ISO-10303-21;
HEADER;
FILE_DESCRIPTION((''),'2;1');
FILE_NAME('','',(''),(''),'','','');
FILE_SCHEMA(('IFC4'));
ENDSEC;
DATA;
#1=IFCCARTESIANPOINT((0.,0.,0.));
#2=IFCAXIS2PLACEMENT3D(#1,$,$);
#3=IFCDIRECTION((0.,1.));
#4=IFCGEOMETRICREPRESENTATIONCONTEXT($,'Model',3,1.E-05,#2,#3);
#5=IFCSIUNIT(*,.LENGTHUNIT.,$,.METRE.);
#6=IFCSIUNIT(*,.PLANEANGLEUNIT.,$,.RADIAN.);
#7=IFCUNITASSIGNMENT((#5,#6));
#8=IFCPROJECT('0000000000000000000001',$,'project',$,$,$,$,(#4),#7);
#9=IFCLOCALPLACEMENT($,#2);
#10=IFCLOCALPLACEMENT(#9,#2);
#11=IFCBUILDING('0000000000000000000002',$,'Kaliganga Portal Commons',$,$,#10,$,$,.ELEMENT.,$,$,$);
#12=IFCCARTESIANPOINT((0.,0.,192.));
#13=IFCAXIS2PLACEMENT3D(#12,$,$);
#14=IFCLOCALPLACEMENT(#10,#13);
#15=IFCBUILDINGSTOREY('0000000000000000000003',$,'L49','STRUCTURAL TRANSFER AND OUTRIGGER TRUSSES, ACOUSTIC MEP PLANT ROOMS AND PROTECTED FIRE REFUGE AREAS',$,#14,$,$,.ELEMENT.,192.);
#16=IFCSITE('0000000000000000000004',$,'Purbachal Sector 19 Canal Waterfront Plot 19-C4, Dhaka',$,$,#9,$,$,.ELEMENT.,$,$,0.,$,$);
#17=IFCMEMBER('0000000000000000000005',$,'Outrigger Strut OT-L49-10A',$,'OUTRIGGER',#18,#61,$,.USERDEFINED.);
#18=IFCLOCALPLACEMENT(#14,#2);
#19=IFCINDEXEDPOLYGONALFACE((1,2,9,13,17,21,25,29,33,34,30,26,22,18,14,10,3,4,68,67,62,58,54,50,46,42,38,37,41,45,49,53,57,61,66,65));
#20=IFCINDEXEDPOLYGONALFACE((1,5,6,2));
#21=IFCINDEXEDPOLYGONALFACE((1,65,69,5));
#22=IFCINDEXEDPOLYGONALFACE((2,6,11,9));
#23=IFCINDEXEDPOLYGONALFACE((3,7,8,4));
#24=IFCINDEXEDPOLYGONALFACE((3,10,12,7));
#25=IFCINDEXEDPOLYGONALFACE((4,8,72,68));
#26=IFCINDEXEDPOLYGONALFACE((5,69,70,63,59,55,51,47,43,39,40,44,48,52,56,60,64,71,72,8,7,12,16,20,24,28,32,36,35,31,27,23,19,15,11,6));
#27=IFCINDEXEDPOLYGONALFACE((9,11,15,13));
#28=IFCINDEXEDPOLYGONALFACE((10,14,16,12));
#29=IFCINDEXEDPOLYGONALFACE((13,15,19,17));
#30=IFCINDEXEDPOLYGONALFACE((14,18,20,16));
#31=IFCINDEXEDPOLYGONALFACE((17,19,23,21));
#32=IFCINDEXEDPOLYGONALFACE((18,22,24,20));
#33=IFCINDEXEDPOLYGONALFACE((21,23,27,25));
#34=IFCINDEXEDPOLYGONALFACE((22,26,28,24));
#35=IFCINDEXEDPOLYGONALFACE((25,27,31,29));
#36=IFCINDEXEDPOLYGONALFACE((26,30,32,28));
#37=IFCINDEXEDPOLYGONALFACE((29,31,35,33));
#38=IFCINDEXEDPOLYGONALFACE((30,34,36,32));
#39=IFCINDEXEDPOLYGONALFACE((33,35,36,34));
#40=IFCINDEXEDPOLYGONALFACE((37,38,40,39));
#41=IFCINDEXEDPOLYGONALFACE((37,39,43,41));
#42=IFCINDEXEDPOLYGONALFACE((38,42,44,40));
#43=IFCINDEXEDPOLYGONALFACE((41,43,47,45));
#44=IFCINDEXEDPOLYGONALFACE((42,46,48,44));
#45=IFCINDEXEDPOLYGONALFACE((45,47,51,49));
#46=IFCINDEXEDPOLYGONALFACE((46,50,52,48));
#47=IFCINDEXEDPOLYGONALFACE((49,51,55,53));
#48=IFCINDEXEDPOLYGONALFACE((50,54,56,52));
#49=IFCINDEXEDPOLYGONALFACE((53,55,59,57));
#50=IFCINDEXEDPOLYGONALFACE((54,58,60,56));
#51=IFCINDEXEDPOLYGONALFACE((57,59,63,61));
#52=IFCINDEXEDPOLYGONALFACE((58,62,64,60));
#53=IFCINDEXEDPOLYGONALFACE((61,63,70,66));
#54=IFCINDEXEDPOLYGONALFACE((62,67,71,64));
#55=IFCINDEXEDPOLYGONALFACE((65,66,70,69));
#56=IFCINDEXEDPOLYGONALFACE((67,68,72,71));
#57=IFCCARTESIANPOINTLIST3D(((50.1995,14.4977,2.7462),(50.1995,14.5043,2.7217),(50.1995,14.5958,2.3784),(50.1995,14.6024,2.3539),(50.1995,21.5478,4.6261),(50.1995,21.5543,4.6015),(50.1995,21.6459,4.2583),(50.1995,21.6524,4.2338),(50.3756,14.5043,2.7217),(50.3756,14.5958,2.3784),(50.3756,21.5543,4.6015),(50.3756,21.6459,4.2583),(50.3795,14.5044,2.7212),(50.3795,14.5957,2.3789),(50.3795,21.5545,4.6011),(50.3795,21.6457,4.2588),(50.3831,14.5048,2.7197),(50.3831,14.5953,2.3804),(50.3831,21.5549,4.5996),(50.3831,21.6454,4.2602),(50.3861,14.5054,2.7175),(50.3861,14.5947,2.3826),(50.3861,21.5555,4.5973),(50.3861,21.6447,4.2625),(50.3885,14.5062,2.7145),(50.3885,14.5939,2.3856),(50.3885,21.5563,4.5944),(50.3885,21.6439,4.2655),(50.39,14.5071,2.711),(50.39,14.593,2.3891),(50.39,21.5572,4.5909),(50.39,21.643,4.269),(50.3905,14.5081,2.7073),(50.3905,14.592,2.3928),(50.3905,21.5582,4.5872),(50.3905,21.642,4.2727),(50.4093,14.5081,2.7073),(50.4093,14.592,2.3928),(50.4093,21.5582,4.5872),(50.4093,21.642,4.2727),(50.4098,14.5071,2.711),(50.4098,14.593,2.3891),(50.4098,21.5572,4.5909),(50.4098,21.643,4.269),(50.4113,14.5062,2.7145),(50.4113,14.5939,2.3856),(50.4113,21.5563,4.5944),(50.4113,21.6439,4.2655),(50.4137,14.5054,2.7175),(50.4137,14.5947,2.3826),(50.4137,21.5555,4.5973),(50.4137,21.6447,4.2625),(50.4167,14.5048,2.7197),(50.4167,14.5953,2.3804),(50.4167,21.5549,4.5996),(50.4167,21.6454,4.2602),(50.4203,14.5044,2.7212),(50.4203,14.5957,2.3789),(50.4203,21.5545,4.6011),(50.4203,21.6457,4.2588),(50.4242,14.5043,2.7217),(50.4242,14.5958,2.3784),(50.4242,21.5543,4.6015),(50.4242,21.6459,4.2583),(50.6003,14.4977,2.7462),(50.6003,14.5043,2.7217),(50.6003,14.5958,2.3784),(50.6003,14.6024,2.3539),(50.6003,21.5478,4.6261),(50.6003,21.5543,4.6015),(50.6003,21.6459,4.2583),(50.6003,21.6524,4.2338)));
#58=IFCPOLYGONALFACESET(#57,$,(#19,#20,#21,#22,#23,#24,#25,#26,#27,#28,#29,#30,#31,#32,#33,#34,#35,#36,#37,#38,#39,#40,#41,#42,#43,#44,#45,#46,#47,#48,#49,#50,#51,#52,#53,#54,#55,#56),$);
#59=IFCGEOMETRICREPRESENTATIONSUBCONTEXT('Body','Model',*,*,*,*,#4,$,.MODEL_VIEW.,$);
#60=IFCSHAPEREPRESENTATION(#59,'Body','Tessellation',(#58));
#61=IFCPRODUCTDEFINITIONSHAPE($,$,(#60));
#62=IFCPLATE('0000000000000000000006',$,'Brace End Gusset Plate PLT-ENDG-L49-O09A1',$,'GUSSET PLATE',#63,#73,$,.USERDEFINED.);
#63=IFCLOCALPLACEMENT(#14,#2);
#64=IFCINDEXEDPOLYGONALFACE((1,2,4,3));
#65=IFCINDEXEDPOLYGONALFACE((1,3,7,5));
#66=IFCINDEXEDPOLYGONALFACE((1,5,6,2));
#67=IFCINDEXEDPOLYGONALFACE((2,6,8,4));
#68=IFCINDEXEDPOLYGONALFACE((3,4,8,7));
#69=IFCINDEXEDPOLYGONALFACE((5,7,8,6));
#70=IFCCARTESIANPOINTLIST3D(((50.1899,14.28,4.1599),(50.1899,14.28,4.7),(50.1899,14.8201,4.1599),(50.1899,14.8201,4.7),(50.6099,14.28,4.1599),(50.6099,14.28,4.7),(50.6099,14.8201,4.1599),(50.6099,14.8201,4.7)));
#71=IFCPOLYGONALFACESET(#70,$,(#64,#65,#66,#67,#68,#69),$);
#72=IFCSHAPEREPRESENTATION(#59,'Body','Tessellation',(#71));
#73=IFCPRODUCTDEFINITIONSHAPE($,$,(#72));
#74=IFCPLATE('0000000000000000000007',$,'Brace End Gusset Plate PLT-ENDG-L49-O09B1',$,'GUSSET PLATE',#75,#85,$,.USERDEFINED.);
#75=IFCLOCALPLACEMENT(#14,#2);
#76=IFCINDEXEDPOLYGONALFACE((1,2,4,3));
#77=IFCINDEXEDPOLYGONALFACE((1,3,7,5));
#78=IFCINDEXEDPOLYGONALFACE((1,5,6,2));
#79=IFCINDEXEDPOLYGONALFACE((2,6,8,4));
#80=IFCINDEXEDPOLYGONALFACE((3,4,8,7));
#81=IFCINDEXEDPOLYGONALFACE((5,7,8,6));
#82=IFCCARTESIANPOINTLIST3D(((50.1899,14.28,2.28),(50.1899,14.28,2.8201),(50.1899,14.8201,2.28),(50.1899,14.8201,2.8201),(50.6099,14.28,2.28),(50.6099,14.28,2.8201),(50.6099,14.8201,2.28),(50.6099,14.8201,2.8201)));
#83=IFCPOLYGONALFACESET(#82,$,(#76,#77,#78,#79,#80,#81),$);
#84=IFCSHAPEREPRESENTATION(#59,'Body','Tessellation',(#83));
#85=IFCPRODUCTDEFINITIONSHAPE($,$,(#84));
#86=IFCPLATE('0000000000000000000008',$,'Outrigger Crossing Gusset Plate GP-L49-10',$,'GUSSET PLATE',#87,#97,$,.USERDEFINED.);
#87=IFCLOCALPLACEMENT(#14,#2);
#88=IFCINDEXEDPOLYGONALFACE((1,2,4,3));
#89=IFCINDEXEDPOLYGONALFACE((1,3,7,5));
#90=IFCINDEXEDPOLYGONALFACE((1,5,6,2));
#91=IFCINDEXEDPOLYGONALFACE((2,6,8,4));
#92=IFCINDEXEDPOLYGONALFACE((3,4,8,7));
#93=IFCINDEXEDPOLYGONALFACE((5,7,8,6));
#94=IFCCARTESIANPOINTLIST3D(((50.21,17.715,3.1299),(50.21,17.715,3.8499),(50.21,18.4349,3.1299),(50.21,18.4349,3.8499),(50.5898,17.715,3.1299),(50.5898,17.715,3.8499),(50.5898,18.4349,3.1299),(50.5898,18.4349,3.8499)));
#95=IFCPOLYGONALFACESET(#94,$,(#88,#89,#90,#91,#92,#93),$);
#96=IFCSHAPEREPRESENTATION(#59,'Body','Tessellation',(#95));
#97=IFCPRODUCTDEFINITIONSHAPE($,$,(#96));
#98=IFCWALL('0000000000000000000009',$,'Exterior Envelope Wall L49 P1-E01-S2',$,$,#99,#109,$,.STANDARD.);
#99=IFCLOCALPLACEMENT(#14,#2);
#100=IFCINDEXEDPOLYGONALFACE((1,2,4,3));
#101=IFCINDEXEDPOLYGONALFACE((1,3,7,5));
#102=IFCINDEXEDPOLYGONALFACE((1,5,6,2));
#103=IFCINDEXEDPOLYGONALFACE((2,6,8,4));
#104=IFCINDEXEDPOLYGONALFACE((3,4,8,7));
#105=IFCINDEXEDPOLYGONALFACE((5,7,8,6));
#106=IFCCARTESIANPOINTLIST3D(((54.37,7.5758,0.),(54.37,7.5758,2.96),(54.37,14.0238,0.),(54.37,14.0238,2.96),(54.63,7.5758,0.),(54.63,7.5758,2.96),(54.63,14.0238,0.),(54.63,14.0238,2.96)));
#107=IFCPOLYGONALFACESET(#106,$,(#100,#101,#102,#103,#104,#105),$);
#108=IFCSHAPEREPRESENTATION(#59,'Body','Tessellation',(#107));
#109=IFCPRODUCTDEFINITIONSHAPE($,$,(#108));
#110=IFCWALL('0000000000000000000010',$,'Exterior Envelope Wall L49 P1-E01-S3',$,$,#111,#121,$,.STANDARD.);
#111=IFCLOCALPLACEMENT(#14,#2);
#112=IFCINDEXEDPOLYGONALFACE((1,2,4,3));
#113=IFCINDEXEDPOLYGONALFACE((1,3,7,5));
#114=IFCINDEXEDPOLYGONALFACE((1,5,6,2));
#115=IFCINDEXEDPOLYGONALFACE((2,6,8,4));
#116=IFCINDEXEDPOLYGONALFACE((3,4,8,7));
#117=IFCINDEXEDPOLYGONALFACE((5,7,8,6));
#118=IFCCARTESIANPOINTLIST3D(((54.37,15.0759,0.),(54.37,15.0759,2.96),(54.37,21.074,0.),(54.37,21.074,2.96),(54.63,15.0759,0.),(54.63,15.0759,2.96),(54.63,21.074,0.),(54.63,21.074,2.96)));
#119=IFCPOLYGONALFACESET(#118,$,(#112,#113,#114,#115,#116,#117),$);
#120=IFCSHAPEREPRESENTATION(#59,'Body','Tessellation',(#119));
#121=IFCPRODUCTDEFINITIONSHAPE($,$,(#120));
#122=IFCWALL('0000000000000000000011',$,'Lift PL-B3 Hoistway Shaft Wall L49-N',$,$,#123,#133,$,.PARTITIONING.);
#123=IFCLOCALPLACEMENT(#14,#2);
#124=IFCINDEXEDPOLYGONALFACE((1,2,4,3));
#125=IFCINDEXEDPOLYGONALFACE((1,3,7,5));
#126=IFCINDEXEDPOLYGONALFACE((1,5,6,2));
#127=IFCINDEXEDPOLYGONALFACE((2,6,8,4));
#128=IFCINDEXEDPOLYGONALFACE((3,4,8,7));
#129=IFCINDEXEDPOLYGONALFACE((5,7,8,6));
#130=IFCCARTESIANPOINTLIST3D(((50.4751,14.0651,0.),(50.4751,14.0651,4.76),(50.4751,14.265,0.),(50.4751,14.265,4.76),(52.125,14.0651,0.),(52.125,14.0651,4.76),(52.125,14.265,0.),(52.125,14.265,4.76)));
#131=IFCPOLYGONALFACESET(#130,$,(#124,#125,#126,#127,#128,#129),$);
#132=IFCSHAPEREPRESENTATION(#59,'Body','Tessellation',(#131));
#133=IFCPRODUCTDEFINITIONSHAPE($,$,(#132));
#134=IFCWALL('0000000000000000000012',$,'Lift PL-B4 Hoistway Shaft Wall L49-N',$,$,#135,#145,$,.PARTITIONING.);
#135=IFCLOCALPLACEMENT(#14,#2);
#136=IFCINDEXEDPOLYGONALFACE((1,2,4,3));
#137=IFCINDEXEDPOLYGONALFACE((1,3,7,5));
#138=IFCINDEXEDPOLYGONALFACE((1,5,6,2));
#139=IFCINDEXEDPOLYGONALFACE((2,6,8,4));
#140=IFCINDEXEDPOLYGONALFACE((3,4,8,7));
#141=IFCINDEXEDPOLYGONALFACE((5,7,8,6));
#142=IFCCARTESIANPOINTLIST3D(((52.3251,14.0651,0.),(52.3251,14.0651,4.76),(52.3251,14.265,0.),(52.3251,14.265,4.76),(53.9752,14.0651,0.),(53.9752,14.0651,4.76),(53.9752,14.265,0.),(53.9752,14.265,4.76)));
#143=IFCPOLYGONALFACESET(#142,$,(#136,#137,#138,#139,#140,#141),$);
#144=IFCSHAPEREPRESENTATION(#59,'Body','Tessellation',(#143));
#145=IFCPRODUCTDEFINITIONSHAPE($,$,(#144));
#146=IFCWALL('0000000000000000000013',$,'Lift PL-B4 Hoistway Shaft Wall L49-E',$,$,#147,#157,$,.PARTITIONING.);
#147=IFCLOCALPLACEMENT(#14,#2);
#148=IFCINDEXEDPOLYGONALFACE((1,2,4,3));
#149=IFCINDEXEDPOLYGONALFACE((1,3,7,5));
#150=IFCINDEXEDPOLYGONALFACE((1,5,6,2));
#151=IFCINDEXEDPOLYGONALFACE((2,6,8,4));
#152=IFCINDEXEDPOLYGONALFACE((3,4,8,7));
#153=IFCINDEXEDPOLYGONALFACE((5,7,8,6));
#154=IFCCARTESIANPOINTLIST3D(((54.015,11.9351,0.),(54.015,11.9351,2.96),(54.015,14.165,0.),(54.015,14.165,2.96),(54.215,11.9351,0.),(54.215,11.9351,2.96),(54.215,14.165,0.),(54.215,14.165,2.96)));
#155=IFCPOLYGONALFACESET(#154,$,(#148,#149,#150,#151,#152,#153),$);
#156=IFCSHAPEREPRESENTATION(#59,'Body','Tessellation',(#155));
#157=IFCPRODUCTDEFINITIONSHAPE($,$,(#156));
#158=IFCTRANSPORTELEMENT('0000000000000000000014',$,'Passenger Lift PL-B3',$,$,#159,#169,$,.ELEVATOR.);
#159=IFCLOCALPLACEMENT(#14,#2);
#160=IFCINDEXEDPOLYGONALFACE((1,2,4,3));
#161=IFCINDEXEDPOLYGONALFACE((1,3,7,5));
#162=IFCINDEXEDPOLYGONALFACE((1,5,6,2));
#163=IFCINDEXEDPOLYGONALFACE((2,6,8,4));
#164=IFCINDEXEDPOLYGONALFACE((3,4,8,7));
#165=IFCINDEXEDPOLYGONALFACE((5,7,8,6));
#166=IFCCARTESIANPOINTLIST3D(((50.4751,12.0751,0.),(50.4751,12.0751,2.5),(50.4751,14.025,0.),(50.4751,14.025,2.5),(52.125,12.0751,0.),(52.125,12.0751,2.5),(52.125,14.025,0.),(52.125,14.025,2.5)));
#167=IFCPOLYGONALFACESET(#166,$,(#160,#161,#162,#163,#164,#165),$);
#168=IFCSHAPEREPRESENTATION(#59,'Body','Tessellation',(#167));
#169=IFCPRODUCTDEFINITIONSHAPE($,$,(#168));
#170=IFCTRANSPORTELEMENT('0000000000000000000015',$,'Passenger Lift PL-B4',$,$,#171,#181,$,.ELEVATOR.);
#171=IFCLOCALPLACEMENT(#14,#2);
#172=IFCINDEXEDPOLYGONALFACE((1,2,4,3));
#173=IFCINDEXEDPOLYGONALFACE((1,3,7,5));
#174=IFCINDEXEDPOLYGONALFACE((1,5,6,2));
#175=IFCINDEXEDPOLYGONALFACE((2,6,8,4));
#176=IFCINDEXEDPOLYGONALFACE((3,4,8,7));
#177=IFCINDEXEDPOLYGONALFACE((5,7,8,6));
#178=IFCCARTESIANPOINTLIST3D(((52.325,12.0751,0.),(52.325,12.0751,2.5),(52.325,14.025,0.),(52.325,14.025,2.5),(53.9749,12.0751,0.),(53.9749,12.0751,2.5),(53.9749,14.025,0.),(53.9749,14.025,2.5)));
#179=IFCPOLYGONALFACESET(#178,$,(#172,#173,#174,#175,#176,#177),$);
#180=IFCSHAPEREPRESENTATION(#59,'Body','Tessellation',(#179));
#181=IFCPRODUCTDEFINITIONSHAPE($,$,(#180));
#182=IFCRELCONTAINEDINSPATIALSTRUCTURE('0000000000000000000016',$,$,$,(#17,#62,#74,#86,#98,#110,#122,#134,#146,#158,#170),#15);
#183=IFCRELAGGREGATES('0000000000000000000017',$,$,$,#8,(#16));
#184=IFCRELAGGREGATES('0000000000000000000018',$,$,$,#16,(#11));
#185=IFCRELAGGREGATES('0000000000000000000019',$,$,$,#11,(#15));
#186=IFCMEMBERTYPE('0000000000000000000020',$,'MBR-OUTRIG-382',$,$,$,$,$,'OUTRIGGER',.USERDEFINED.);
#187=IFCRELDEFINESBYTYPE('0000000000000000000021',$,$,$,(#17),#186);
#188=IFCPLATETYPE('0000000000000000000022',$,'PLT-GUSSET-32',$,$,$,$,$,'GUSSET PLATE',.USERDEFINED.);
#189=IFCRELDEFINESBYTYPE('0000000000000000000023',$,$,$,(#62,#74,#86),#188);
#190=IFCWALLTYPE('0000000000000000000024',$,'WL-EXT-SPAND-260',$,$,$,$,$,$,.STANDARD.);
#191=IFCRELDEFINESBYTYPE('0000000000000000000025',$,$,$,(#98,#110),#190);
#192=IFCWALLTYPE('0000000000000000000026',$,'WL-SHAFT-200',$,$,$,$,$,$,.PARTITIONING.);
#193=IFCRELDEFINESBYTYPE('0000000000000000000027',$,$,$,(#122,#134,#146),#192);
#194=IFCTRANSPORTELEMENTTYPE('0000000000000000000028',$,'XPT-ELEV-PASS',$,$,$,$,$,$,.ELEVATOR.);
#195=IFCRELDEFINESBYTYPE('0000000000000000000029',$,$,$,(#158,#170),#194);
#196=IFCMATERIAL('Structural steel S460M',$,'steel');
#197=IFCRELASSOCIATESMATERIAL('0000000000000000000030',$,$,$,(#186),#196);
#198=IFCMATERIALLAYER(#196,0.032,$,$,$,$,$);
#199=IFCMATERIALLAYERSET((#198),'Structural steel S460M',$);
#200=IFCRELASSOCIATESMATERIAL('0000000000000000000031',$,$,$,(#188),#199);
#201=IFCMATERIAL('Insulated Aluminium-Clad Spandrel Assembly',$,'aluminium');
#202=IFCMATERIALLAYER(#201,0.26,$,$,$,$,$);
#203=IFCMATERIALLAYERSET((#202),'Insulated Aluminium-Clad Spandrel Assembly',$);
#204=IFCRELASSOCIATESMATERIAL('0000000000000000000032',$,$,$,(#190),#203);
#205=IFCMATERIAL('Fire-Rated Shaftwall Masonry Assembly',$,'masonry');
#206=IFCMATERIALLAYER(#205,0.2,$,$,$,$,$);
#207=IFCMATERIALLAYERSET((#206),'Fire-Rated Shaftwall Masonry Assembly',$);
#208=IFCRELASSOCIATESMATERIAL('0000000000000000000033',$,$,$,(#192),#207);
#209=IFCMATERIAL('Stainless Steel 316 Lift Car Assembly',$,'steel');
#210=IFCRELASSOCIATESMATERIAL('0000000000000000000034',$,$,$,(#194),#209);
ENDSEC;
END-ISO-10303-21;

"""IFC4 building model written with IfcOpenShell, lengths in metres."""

from ifc_helpers import new_model, si_unit, direction, frame, frame_2d, origin, origin_2d, place, context, subcontext, project, spatial, rectangle, i_section, extrude, source, transform, mapped, material, layer, layer_set, material_profile, profile_set, type_object, element, save


model = new_model("IFC4")

# Units and contexts
model_context = context("Model", 3, precision=1e-05, world=origin(), true_north=direction((0.0, 1.0)))
body_context = subcontext(model_context, "Body", "Model", "MODEL_VIEW")
ifc_project = project(units=[si_unit("LENGTHUNIT", "METRE"), si_unit("PLANEANGLEUNIT", "RADIAN")], contexts=[model_context])

# Site, building, storey
site_placement = place(None, origin())
site = spatial("IfcSite", under=ifc_project, at=site_placement, Name="Purbachal Sector 19 Canal Waterfront Plot 19-C4, Dhaka", CompositionType="ELEMENT", RefElevation=0.0)
building_placement = place(site_placement, origin())
building = spatial("IfcBuilding", under=site, at=building_placement, Name="Kaliganga Portal Commons", CompositionType="ELEMENT")
storey_placement = place(building_placement, frame((0.0, 0.0, 192.0)))
storey = spatial("IfcBuildingStorey", under=building, at=storey_placement, Name="L49", Description="STRUCTURAL TRANSFER AND OUTRIGGER TRUSSES, ACOUSTIC MEP PLANT ROOMS AND PROTECTED FIRE REFUGE AREAS", CompositionType="ELEMENT", Elevation=192.0)

# Member
ifc_material_1 = material(Name="Structural steel S460M", Category="steel")
ifc_material_profile_1 = material_profile(ifc_material_1, i_section(OverallWidth=0.4009, OverallDepth=0.406, WebThickness=0.0188, FlangeThickness=0.0254, FilletRadius=0.0149, at=origin_2d()), Name="HD 400x314")
ifc_profile_set_1 = profile_set([ifc_material_profile_1], Name="Structural steel S460M wide-flange")
member_type_1 = type_object("IfcMemberType", Name="MBR-OUTRIG-382", ElementType="OUTRIGGER", PredefinedType="USERDEFINED", material=ifc_profile_set_1)
shared_shape_1 = source(origin(), body_context, "Body", "SweptSolid", [
    extrude(i_section(OverallWidth=0.4009, OverallDepth=0.406, WebThickness=0.0188, FlangeThickness=0.0254, FilletRadius=0.0149, at=origin_2d()), origin(), (0.0, 0.0, 1.0), 7.2964),
])
member_placement = place(storey_placement, frame((50.3999, 14.55, 2.55), z_axis=(0.0, 0.966239, 0.257646), x_axis=(-1.0, 0.0, 0.0)))
element("IfcMember", 1, at=member_placement, inside=storey, type_object=member_type_1, Name="Outrigger Strut OT-L49-10A", ObjectType="OUTRIGGER", PredefinedType="USERDEFINED", context=body_context, shape_type="MappedRepresentation", body=[
    mapped(shared_shape_1, transform((0.0, 0.0, 0.0), x_axis=(1.0, 0.0, 0.0), y_axis=(0.0, 1.0, 0.0), z_axis=(0.0, 0.0, 1.0), scale=1.0)),
])

# Plates
ifc_layer_1 = layer(ifc_material_1, 0.032)
ifc_layer_set_1 = layer_set([ifc_layer_1], Name="Structural steel S460M")
plate_type = type_object("IfcPlateType", Name="PLT-GUSSET-32", ElementType="GUSSET PLATE", PredefinedType="USERDEFINED", material=ifc_layer_set_1)
shared_shape_2 = source(origin(), body_context, "Body", "SweptSolid", [
    extrude(rectangle(XDim=0.54, YDim=0.4199, at=origin_2d()), origin(), (0.0, 0.0, 1.0), 0.54),
])
for number, where, z_axis, x_axis, name in (
    (2, (50.3999, 14.55, 4.1599), (0.0, 0.0, 1.0), (0.0, 1.0, 0.0), "Brace End Gusset Plate PLT-ENDG-L49-O09A1"),
    (3, (50.3999, 14.55, 2.28), (0.0, 0.0, 1.0), (0.0, 1.0, 0.0), "Brace End Gusset Plate PLT-ENDG-L49-O09B1"),
):
    element("IfcPlate", number, at=place(storey_placement, frame(where, z_axis=z_axis, x_axis=x_axis)), inside=storey, type_object=plate_type, Name=name, ObjectType="GUSSET PLATE", PredefinedType="USERDEFINED", context=body_context, shape_type="MappedRepresentation", body=[
        mapped(shared_shape_2, transform((0.0, 0.0, 0.0), x_axis=(1.0, 0.0, 0.0), y_axis=(0.0, 1.0, 0.0), z_axis=(0.0, 0.0, 1.0), scale=1.0)),
    ])
shared_shape_3 = source(origin(), body_context, "Body", "SweptSolid", [
    extrude(rectangle(XDim=0.72, YDim=0.3799, at=origin_2d()), origin(), (0.0, 0.0, 1.0), 0.72),
])
plate_placement = place(storey_placement, frame((50.3999, 18.075, 3.1299), z_axis=(0.0, 0.0, 1.0), x_axis=(0.0, 1.0, 0.0)))
element("IfcPlate", 4, at=plate_placement, inside=storey, type_object=plate_type, Name="Outrigger Crossing Gusset Plate GP-L49-10", ObjectType="GUSSET PLATE", PredefinedType="USERDEFINED", context=body_context, shape_type="MappedRepresentation", body=[
    mapped(shared_shape_3, transform((0.0, 0.0, 0.0), x_axis=(1.0, 0.0, 0.0), y_axis=(0.0, 1.0, 0.0), z_axis=(0.0, 0.0, 1.0), scale=1.0)),
])

# Walls
ifc_material_2 = material(Name="Insulated Aluminium-Clad Spandrel Assembly", Category="aluminium")
ifc_layer_2 = layer(ifc_material_2, 0.26)
ifc_layer_set_2 = layer_set([ifc_layer_2], Name="Insulated Aluminium-Clad Spandrel Assembly")
wall_type_1 = type_object("IfcWallType", Name="WL-EXT-SPAND-260", PredefinedType="STANDARD", material=ifc_layer_set_2)
wall_1_placement = place(storey_placement, frame((54.5, 14.0239, 0.0), z_axis=(0.0, 0.0, 1.0), x_axis=(0.0, -1.0, 0.0)))
element("IfcWall", 5, at=wall_1_placement, inside=storey, type_object=wall_type_1, Name="Exterior Envelope Wall L49 P1-E01-S2", PredefinedType="STANDARD", context=body_context, shape_type="SweptSolid", body=[
    extrude(rectangle(XDim=6.448, YDim=0.26, at=frame_2d((3.2241, 0.0))), origin(), (0.0, 0.0, 1.0), 2.96),
])
wall_2_placement = place(storey_placement, frame((54.5, 21.074, 0.0), z_axis=(0.0, 0.0, 1.0), x_axis=(0.0, -1.0, 0.0)))
element("IfcWall", 6, at=wall_2_placement, inside=storey, type_object=wall_type_1, Name="Exterior Envelope Wall L49 P1-E01-S3", PredefinedType="STANDARD", context=body_context, shape_type="SweptSolid", body=[
    extrude(rectangle(XDim=5.998, YDim=0.26, at=frame_2d((2.999, 0.0))), origin(), (0.0, 0.0, 1.0), 2.96),
])
ifc_material_3 = material(Name="Fire-Rated Shaftwall Masonry Assembly", Category="masonry")
ifc_layer_3 = layer(ifc_material_3, 0.2)
ifc_layer_set_3 = layer_set([ifc_layer_3], Name="Fire-Rated Shaftwall Masonry Assembly")
wall_type_2 = type_object("IfcWallType", Name="WL-SHAFT-200", PredefinedType="PARTITIONING", material=ifc_layer_set_3)
wall_3_placement = place(storey_placement, frame((50.4751, 14.165, 0.0), z_axis=(0.0, 0.0, 1.0), x_axis=(1.0, 0.0, 0.0)))
element("IfcWall", 7, at=wall_3_placement, inside=storey, type_object=wall_type_2, Name="Lift PL-B3 Hoistway Shaft Wall L49-N", PredefinedType="PARTITIONING", context=body_context, shape_type="SweptSolid", body=[
    extrude(rectangle(XDim=1.6499, YDim=0.2, at=frame_2d((0.825, 0.0))), origin(), (0.0, 0.0, 1.0), 4.76),
])

# Walls
wall_4_placement = place(storey_placement, frame((52.325, 14.165, 0.0), z_axis=(0.0, 0.0, 1.0), x_axis=(1.0, 0.0, 0.0)))
element("IfcWall", 8, at=wall_4_placement, inside=storey, type_object=wall_type_2, Name="Lift PL-B4 Hoistway Shaft Wall L49-N", PredefinedType="PARTITIONING", context=body_context, shape_type="SweptSolid", body=[
    extrude(rectangle(XDim=1.6501, YDim=0.2, at=frame_2d((0.8252, 0.0))), origin(), (0.0, 0.0, 1.0), 4.76),
])
wall_5_placement = place(storey_placement, frame((54.115, 11.9351, 0.0), z_axis=(0.0, 0.0, 1.0), x_axis=(0.0, 1.0, 0.0)))
element("IfcWall", 9, at=wall_5_placement, inside=storey, type_object=wall_type_2, Name="Lift PL-B4 Hoistway Shaft Wall L49-E", PredefinedType="PARTITIONING", context=body_context, shape_type="SweptSolid", body=[
    extrude(rectangle(XDim=2.23, YDim=0.2, at=frame_2d((1.115, 0.0))), origin(), (0.0, 0.0, 1.0), 2.96),
])

# Transport elements
ifc_material_4 = material(Name="Stainless Steel 316 Lift Car Assembly", Category="steel")
transport_element_type = type_object("IfcTransportElementType", Name="XPT-ELEV-PASS", PredefinedType="ELEVATOR", material=ifc_material_4)
shared_shape_4 = source(origin(), body_context, "Body", "SweptSolid", [
    extrude(rectangle(XDim=1.6499, YDim=1.95, at=origin_2d()), origin(), (0.0, 0.0, 1.0), 2.5),
])
for number, where, z_axis, x_axis, name in (
    (10, (51.3, 13.05, 0.0), (0.0, 0.0, 1.0), (1.0, 0.0, 0.0), "Passenger Lift PL-B3"),
    (11, (53.1499, 13.05, 0.0), (0.0, 0.0, 1.0), (1.0, 0.0, 0.0), "Passenger Lift PL-B4"),
):
    element("IfcTransportElement", number, at=place(storey_placement, frame(where, z_axis=z_axis, x_axis=x_axis)), inside=storey, type_object=transport_element_type, Name=name, PredefinedType="ELEVATOR", context=body_context, shape_type="MappedRepresentation", body=[
        mapped(shared_shape_4, transform((0.0, 0.0, 0.0), x_axis=(1.0, 0.0, 0.0), y_axis=(0.0, 1.0, 0.0), z_axis=(0.0, 0.0, 1.0), scale=1.0)),
    ])

save(model, "model.ifc")
